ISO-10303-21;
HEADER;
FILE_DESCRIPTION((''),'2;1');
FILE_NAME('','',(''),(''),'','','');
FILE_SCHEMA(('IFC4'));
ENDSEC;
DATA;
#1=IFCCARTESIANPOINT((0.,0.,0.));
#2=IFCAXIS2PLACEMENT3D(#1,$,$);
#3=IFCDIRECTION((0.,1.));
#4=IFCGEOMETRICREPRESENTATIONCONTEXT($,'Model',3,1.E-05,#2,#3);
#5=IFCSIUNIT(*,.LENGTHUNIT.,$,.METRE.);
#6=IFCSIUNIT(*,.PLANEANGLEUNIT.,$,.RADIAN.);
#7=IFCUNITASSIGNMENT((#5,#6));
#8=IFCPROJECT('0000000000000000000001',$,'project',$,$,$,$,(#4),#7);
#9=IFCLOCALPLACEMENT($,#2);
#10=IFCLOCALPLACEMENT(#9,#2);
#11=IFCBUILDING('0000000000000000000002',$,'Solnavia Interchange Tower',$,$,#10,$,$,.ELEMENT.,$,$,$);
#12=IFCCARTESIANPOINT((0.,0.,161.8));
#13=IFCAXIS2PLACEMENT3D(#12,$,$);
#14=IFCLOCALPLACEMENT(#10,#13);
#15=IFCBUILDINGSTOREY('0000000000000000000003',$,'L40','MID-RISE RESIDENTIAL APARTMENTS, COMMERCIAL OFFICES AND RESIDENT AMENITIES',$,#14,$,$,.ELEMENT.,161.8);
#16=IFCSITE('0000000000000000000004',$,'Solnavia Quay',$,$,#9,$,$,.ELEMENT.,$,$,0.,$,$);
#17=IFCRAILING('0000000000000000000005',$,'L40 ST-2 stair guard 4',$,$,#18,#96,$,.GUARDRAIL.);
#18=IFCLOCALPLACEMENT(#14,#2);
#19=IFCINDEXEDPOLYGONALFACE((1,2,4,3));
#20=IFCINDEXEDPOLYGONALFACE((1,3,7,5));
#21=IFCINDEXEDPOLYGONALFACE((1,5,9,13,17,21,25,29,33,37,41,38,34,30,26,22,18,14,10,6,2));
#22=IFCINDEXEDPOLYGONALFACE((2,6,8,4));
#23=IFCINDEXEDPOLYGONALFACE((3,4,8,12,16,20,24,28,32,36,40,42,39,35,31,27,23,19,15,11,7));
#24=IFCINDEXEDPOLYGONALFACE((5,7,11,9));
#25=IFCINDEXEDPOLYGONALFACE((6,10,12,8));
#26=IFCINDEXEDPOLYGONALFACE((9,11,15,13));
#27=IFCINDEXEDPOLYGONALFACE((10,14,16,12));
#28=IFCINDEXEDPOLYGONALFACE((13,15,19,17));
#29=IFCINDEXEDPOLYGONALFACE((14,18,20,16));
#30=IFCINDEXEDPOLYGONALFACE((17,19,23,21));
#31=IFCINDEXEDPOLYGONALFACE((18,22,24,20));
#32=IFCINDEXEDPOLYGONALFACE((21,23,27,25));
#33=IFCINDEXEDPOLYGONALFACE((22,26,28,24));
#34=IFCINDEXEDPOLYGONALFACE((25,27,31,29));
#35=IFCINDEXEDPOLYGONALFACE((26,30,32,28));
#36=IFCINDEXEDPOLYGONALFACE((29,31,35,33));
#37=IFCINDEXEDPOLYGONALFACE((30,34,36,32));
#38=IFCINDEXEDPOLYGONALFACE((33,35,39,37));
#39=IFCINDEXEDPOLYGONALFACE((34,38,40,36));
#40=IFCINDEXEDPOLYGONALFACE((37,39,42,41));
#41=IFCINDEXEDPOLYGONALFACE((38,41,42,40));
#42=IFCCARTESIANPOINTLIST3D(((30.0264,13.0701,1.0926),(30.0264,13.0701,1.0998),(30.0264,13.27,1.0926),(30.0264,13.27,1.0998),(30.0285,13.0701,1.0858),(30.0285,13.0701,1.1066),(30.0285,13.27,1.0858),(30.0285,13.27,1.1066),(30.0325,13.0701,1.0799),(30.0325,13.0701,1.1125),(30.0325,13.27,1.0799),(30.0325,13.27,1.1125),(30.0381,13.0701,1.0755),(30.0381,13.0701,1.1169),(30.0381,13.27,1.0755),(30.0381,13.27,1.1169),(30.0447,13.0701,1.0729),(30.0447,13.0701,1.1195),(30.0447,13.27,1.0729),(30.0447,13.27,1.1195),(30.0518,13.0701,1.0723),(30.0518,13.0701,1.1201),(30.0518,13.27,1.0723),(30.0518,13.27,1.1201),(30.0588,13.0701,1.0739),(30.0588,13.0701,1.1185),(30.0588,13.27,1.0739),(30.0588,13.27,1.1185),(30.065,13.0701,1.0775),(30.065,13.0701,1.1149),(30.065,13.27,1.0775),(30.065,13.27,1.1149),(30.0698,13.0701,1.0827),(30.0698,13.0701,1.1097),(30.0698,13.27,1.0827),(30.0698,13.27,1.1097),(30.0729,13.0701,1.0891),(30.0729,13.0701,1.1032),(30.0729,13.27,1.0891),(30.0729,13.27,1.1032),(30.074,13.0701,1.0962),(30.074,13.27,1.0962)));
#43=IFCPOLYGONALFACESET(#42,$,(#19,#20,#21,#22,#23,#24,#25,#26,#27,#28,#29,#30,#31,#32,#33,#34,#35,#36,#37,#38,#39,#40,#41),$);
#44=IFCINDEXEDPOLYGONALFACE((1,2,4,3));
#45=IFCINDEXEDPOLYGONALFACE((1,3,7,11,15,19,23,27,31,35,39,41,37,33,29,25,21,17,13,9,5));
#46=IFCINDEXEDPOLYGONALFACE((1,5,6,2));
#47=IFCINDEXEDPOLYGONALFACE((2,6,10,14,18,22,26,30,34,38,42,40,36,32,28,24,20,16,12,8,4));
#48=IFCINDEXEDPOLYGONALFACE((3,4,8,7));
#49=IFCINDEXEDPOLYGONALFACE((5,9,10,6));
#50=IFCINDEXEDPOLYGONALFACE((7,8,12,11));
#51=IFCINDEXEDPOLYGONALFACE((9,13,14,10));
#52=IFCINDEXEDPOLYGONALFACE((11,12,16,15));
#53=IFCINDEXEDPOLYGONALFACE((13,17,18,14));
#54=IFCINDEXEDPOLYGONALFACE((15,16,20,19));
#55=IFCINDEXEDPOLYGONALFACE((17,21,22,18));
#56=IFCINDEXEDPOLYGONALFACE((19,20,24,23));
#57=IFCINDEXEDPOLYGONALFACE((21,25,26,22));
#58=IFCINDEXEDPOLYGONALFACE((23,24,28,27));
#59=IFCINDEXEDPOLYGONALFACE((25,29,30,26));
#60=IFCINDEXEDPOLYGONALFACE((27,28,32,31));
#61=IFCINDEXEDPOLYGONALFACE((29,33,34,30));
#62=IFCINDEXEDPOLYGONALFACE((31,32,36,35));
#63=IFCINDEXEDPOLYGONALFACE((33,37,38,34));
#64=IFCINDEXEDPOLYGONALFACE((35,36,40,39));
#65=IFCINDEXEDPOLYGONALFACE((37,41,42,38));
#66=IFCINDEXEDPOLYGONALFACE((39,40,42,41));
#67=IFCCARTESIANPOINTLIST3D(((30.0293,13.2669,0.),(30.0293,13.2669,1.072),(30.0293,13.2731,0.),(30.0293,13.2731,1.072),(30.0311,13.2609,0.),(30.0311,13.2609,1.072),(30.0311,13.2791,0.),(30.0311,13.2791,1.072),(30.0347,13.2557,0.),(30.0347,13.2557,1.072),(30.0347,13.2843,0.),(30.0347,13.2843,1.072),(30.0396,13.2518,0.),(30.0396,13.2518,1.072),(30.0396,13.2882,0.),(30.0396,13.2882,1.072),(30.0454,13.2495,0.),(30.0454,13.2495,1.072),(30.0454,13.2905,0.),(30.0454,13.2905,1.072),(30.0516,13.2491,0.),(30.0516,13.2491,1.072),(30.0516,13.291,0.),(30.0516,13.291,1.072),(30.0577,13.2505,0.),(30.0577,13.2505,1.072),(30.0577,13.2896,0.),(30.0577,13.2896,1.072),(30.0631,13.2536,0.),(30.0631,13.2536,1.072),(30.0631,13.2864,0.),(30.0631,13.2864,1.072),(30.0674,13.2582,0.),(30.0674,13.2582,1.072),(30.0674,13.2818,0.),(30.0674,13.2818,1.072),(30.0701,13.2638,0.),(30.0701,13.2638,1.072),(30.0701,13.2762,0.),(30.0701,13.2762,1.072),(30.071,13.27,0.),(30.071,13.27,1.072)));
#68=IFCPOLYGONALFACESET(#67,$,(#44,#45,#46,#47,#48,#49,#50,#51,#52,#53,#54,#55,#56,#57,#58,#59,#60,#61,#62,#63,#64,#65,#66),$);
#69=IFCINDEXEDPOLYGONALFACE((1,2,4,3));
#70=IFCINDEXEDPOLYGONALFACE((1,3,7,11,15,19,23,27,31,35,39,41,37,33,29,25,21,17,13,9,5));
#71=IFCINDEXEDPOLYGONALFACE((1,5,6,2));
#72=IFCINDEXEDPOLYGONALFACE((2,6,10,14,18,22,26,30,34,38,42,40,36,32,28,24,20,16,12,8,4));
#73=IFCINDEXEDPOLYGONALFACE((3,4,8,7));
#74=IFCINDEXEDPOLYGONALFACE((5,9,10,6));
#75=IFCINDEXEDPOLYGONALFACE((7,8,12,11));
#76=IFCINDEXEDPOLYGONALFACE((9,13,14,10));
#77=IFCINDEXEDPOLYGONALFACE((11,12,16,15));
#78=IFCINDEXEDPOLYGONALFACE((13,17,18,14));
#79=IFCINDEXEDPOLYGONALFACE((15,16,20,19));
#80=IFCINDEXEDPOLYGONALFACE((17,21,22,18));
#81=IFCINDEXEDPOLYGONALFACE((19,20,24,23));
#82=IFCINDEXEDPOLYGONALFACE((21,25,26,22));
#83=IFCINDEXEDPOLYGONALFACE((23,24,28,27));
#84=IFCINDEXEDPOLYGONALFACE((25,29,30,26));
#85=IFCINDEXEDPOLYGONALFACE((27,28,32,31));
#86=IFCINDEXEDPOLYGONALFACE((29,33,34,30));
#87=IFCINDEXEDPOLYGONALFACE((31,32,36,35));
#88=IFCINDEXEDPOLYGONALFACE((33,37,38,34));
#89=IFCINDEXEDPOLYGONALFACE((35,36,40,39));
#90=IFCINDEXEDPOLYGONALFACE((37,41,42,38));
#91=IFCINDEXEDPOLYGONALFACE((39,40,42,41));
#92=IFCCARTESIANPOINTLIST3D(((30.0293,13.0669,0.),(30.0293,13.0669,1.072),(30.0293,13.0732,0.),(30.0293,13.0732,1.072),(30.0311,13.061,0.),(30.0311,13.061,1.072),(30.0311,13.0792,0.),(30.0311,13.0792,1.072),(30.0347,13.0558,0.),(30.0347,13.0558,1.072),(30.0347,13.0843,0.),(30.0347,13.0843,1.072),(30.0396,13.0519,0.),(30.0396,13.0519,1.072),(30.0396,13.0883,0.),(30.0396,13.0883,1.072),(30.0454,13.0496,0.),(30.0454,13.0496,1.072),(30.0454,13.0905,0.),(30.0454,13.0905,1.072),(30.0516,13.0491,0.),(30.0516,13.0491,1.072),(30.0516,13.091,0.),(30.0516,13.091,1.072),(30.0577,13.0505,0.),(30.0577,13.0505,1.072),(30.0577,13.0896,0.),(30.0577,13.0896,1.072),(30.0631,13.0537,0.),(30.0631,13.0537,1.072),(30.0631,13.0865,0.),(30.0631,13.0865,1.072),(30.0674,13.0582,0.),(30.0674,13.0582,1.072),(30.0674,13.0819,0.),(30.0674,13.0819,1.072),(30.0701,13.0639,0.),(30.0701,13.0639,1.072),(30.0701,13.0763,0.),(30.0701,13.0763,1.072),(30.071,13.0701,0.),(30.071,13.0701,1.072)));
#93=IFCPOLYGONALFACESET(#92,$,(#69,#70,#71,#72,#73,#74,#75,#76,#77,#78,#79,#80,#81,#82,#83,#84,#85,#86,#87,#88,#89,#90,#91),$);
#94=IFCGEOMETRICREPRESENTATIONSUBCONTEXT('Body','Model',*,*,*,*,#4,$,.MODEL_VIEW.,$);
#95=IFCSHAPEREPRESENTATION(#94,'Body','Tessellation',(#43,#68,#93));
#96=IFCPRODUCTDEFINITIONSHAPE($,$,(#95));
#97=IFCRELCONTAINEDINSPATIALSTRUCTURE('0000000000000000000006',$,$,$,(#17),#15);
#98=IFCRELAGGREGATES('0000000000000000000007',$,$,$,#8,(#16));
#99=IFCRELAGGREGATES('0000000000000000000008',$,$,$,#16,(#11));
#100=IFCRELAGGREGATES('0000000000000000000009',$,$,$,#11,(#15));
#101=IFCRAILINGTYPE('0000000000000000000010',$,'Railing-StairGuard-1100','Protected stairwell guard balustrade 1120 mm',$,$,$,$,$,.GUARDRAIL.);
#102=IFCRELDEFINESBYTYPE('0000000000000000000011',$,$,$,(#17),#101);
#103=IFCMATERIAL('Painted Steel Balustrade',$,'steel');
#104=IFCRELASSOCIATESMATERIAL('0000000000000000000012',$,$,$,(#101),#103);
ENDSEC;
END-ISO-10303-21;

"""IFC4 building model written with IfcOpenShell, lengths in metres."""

from ifc_helpers import new_model, si_unit, direction, frame, origin, origin_2d, place, context, subcontext, project, spatial, circle, extrude, material, type_object, element, save


model = new_model("IFC4")

# Units and contexts
model_context = context("Model", 3, precision=1e-05, world=origin(), true_north=direction((0.0, 1.0)))
body_context = subcontext(model_context, "Body", "Model", "MODEL_VIEW")
ifc_project = project(units=[si_unit("LENGTHUNIT", "METRE"), si_unit("PLANEANGLEUNIT", "RADIAN")], contexts=[model_context])

# Site, building, storey
site_placement = place(None, origin())
site = spatial("IfcSite", under=ifc_project, at=site_placement, Name="Solnavia Quay", CompositionType="ELEMENT", RefElevation=0.0)
building_placement = place(site_placement, origin())
building = spatial("IfcBuilding", under=site, at=building_placement, Name="Solnavia Interchange Tower", CompositionType="ELEMENT")
storey_placement = place(building_placement, frame((0.0, 0.0, 161.8)))
storey = spatial("IfcBuildingStorey", under=building, at=storey_placement, Name="L40", Description="MID-RISE RESIDENTIAL APARTMENTS, COMMERCIAL OFFICES AND RESIDENT AMENITIES", CompositionType="ELEMENT", Elevation=161.8)

# Railing
ifc_material_1 = material(Name="Painted Steel Balustrade", Category="steel")
railing_type_1 = type_object("IfcRailingType", Name="Railing-StairGuard-1100", Description="Protected stairwell guard balustrade 1120 mm", PredefinedType="GUARDRAIL", material=ifc_material_1)
railing_1_placement = place(storey_placement, frame((30.05, 13.27, 0.0)))
element("IfcRailing", 1, at=railing_1_placement, inside=storey, type_object=railing_type_1, Name="L40 ST-2 stair guard 4", PredefinedType="GUARDRAIL", context=body_context, shape_type="SweptSolid", body=[
    extrude(circle(Radius=0.0239, at=origin_2d()), frame((0.0, 0.0, 1.0962), z_axis=(0.0, -1.0, 0.0), x_axis=(1.0, 0.0, 0.0)), (0.0, 0.0, 1.0), 0.2),
    extrude(circle(Radius=0.021, at=origin_2d()), origin(), (0.0, 0.0, 1.0), 1.072),
    extrude(circle(Radius=0.021, at=origin_2d()), frame((0.0, -0.2, 0.0)), (0.0, 0.0, 1.0), 1.072),
])

save(model, "model.ifc")
